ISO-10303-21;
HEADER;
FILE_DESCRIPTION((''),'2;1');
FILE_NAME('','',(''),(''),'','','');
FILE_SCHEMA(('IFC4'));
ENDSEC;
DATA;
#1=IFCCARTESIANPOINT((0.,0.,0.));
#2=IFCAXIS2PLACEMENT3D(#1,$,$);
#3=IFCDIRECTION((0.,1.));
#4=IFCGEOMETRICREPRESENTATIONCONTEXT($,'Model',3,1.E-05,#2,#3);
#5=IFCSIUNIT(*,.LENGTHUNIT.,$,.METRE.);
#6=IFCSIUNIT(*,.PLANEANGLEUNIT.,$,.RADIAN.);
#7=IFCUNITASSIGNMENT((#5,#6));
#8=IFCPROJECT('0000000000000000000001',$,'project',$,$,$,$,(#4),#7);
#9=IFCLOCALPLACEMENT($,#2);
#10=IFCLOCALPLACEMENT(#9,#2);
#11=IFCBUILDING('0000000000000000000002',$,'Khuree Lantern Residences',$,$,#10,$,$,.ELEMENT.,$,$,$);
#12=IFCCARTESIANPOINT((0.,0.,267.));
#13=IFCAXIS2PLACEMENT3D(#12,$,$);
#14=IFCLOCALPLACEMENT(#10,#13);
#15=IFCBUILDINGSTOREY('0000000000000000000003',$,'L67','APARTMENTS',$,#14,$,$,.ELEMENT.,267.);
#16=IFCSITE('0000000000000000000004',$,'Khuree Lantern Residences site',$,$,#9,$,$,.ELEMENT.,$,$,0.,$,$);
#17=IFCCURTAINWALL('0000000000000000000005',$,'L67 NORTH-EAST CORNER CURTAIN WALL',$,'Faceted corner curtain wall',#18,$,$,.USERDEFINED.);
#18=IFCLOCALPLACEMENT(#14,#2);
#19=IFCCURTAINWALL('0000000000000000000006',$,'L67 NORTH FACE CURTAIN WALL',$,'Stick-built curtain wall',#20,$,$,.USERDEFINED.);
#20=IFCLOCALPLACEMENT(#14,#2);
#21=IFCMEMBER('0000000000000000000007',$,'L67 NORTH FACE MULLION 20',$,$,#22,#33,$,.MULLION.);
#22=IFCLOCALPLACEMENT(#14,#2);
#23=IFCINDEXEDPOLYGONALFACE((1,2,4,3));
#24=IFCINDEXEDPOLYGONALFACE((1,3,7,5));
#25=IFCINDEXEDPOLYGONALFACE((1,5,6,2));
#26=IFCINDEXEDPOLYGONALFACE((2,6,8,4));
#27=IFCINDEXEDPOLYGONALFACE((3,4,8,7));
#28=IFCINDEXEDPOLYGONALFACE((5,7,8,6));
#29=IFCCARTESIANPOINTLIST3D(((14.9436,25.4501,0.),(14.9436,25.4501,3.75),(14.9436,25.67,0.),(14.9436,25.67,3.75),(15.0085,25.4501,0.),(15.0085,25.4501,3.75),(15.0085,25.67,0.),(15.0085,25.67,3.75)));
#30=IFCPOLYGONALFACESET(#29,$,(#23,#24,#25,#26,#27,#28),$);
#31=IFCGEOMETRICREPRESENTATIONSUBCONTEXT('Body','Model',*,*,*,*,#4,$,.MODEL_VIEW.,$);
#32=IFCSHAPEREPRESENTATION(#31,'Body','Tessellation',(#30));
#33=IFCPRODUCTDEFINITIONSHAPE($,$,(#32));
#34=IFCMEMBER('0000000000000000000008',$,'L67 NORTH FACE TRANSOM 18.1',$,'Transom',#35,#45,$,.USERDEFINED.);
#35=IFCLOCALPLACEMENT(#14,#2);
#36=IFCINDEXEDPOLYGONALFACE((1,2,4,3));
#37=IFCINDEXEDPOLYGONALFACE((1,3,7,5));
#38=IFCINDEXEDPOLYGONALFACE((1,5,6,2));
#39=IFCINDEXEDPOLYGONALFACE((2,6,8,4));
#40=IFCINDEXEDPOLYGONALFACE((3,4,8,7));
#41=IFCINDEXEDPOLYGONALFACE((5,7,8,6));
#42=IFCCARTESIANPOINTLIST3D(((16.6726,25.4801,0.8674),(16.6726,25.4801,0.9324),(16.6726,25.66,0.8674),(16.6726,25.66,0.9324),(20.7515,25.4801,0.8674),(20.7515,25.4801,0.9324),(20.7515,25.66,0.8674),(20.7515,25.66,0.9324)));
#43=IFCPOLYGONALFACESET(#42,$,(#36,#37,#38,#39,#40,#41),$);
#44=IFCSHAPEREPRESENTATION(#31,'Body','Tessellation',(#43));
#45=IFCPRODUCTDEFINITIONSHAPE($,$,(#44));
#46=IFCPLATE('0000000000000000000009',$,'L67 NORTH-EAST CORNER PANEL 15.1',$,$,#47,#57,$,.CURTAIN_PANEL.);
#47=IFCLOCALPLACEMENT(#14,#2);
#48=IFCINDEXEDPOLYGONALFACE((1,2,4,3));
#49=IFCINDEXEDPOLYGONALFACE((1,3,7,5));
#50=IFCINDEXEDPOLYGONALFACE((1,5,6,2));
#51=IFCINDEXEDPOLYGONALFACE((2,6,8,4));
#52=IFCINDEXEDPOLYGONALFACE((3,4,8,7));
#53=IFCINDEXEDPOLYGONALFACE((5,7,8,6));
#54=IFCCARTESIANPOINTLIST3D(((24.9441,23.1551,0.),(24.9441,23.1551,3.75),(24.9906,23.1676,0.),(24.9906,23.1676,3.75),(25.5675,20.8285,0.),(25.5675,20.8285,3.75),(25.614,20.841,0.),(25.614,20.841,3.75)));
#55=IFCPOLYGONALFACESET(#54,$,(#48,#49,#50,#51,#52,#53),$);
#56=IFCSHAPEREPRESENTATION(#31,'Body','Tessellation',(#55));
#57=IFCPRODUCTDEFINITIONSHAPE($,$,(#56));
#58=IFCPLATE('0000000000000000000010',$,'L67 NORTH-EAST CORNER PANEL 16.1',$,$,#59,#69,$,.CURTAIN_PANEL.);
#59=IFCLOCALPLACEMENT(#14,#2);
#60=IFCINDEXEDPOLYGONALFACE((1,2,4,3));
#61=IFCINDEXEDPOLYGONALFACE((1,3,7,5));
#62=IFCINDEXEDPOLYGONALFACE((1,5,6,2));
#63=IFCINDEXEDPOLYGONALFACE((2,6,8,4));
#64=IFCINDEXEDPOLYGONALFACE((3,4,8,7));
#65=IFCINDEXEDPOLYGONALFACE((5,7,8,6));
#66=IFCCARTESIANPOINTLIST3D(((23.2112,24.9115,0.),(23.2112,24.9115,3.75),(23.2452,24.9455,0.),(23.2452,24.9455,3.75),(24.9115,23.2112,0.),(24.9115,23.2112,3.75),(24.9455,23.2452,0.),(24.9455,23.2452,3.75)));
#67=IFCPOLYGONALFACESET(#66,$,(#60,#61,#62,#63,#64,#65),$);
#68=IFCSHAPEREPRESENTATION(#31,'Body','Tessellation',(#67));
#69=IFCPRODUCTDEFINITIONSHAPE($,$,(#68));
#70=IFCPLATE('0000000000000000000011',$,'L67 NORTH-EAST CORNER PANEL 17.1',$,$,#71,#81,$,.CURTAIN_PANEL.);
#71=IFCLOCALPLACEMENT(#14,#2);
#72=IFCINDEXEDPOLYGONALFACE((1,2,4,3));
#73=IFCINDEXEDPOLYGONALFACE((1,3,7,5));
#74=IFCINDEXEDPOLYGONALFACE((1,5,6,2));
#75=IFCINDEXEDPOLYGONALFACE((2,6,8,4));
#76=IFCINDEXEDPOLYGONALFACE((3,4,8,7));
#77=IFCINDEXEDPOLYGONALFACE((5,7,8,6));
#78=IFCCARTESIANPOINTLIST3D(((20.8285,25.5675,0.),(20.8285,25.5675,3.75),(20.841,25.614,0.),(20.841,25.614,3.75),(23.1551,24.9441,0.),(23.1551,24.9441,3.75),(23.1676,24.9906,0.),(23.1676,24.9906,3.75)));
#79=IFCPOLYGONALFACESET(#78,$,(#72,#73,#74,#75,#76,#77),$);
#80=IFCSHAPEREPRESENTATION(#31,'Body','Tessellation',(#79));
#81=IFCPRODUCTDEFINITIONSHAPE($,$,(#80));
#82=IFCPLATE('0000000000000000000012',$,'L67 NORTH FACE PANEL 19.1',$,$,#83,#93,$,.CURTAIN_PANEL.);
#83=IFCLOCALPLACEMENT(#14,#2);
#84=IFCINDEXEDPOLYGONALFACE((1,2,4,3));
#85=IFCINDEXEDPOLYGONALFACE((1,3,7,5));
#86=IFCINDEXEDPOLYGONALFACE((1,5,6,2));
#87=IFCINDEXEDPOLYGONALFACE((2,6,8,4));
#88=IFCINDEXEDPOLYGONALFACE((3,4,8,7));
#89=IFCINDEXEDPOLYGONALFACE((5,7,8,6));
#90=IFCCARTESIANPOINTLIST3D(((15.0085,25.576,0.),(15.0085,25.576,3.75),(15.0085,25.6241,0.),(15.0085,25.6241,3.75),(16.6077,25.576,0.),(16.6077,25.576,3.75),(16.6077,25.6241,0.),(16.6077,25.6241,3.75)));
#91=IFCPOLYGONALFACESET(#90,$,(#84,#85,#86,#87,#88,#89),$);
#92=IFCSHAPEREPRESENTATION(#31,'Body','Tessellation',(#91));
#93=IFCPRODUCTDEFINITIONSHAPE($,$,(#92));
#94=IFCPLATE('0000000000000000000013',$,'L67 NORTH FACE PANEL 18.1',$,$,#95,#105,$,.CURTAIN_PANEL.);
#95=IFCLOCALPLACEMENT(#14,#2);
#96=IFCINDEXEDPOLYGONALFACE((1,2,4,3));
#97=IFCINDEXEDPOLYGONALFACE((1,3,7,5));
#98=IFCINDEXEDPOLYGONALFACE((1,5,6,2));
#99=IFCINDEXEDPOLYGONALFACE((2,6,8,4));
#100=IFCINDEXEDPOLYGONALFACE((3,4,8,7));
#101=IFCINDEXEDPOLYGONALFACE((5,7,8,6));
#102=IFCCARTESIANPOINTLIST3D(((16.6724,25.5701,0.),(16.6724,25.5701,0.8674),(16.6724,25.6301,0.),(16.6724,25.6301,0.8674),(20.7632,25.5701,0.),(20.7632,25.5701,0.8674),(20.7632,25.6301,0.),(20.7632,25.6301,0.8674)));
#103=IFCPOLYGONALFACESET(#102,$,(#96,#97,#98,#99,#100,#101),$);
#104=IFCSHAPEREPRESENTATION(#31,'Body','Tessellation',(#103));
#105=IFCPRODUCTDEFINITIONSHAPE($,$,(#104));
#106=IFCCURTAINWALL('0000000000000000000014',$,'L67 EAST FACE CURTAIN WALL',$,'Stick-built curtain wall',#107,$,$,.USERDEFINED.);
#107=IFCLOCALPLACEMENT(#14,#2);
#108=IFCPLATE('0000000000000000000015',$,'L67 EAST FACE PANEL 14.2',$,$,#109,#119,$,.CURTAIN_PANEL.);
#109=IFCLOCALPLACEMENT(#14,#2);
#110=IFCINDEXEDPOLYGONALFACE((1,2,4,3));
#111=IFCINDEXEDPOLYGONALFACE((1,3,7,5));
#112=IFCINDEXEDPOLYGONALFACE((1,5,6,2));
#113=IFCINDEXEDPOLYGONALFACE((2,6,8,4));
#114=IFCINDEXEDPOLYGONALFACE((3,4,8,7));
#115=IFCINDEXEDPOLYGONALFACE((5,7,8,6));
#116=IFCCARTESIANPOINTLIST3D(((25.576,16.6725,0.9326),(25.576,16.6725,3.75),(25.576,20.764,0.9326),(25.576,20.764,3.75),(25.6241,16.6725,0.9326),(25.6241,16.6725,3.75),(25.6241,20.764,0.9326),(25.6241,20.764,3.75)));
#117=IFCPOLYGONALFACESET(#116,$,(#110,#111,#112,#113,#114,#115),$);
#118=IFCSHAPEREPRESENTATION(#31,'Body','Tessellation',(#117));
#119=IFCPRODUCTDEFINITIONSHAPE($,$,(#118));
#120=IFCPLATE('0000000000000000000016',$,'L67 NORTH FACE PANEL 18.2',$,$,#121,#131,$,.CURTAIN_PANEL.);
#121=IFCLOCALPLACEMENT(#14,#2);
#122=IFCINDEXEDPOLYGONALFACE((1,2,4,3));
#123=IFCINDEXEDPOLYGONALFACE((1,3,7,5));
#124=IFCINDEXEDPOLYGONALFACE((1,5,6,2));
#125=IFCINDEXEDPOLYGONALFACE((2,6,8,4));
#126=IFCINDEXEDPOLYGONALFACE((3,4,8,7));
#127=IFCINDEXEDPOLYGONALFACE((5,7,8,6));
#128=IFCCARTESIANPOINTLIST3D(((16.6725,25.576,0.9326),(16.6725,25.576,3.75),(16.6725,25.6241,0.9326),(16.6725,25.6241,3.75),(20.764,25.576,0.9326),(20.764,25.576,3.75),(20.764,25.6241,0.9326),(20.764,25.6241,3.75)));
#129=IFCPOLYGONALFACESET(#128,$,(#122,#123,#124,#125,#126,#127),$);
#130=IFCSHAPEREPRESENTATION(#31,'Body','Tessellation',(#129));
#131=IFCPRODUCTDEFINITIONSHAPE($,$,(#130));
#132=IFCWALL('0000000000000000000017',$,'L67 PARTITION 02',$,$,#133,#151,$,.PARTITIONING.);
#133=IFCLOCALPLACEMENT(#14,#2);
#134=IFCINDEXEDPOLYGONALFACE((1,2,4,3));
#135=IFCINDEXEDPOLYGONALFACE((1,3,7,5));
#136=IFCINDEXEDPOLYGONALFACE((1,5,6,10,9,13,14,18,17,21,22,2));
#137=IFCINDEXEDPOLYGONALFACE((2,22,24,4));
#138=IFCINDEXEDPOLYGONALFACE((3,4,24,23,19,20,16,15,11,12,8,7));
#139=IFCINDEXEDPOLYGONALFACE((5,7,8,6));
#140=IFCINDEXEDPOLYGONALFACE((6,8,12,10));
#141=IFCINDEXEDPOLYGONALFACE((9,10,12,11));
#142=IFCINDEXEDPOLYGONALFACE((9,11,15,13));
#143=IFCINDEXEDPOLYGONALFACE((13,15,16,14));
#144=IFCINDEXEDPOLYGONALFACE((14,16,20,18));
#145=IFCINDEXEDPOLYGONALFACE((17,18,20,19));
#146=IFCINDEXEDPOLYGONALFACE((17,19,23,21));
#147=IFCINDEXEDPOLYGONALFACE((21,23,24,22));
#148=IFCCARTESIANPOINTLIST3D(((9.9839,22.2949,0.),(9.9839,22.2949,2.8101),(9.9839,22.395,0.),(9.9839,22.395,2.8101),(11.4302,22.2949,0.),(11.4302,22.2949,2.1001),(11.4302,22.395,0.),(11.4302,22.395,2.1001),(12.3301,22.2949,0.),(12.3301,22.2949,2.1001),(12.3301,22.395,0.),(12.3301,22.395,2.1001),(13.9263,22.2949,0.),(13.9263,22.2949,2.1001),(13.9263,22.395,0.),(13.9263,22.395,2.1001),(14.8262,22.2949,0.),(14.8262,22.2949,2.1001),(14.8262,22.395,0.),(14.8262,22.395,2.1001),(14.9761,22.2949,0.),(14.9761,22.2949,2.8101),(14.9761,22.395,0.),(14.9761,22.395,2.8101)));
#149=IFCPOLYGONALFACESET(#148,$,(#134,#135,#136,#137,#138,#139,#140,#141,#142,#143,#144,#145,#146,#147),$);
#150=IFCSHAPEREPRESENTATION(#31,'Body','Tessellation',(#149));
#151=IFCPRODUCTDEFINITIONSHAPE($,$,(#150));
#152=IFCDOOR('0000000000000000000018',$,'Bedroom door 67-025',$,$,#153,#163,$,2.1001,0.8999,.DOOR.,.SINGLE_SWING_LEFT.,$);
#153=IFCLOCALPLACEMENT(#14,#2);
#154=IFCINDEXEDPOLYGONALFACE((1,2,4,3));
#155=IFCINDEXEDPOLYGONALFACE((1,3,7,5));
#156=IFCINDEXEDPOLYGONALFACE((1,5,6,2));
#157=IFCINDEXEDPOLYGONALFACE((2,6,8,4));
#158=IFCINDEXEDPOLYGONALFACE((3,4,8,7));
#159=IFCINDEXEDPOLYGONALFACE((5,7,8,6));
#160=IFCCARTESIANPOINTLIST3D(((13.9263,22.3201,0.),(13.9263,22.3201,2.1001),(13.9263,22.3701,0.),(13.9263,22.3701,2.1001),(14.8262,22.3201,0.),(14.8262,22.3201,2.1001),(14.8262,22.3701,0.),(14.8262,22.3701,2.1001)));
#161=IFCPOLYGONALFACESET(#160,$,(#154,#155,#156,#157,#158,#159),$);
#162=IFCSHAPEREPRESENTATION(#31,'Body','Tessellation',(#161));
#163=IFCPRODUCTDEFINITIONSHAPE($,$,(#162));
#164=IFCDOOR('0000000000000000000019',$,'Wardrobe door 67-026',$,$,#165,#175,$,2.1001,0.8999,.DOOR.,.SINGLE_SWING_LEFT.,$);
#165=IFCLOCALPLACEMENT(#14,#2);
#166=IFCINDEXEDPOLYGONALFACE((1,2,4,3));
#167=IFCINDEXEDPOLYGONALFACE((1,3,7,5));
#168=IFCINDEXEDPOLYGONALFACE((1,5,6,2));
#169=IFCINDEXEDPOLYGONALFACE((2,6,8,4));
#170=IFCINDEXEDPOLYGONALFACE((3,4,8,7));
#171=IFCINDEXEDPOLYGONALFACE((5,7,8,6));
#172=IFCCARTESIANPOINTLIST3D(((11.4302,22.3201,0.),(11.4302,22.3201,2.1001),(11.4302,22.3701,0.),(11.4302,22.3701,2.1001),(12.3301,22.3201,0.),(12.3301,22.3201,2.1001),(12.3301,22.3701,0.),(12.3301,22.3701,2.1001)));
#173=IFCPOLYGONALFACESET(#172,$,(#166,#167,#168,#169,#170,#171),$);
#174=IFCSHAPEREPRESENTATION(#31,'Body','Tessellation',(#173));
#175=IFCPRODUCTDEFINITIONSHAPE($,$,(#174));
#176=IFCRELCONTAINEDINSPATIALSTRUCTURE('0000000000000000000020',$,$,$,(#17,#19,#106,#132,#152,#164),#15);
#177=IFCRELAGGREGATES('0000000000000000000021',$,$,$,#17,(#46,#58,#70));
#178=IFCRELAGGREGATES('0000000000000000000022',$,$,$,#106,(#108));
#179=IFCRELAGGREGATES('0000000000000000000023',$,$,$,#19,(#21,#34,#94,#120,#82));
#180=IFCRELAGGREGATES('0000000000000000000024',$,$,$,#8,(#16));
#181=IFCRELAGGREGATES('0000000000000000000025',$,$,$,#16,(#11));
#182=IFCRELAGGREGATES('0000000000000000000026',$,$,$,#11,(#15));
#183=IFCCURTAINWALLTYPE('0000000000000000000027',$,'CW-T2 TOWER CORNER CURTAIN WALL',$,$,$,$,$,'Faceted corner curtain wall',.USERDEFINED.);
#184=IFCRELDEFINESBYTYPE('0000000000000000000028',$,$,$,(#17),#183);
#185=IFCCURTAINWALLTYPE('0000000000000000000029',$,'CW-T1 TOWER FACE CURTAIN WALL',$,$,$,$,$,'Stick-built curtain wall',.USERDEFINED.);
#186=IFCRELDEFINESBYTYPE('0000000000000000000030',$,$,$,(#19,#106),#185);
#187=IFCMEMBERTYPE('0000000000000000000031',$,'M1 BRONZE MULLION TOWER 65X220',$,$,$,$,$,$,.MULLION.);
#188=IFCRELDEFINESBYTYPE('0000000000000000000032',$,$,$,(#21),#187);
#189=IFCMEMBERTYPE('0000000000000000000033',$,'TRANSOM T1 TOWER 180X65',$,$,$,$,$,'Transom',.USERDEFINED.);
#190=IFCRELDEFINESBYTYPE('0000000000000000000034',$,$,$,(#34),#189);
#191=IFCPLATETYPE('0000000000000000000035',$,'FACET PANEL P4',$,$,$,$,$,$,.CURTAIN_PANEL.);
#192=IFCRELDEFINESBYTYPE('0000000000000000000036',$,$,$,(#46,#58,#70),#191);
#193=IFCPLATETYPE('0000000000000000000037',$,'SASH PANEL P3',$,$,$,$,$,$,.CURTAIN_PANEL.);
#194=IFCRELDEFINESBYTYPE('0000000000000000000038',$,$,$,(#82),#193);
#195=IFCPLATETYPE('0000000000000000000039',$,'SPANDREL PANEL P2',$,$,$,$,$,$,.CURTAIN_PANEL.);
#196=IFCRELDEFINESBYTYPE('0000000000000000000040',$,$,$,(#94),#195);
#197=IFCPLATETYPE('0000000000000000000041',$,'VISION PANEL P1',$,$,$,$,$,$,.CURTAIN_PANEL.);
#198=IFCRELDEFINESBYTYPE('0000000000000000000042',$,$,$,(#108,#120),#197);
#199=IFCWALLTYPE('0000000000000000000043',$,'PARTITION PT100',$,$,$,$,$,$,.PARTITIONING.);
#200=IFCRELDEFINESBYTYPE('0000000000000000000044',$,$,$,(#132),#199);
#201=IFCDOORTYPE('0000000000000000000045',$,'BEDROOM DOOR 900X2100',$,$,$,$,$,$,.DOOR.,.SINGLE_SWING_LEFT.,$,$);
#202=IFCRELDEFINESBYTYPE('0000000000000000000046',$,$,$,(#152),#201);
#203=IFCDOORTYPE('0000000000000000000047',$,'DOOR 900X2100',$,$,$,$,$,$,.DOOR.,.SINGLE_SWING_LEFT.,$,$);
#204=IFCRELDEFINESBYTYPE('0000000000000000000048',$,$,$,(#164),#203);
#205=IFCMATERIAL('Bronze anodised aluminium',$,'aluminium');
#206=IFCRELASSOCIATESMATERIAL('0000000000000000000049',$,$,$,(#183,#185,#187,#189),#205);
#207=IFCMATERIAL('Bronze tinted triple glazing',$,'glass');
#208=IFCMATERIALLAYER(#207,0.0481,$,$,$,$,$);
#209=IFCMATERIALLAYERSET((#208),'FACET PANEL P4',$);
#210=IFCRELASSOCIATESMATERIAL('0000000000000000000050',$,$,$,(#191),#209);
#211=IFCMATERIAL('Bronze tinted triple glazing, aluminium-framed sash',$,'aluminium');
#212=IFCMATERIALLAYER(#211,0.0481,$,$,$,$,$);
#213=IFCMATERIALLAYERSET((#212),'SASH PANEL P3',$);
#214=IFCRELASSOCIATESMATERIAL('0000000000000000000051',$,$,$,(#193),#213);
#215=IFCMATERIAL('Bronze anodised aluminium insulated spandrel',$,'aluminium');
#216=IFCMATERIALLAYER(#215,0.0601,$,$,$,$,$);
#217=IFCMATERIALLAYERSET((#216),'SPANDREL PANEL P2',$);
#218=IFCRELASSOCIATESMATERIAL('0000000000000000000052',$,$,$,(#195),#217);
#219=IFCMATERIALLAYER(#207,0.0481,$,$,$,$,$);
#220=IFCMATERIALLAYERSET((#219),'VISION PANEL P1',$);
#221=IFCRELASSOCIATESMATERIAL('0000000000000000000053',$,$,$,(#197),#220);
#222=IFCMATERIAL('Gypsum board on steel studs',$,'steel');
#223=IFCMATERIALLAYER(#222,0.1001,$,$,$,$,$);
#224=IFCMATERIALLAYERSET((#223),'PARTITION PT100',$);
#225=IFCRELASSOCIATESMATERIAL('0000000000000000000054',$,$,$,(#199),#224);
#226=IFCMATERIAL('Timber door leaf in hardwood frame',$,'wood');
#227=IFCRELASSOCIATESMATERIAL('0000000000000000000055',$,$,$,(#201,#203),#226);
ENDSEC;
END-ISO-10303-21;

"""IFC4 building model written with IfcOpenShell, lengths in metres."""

from ifc_helpers import new_model, si_unit, direction, frame, frame_2d, origin, origin_2d, place, context, subcontext, project, spatial, rectangle, extrude, material, layer, layer_set, material_profile, profile_set, type_object, element, fill, aggregate, save


model = new_model("IFC4")

# Units and contexts
model_context = context("Model", 3, precision=1e-05, world=origin(), true_north=direction((0.0, 1.0)))
body_context = subcontext(model_context, "Body", "Model", "MODEL_VIEW")
ifc_project = project(units=[si_unit("LENGTHUNIT", "METRE"), si_unit("PLANEANGLEUNIT", "RADIAN")], contexts=[model_context])

# Site, building, storey
site_placement = place(None, origin())
site = spatial("IfcSite", under=ifc_project, at=site_placement, Name="Khuree Lantern Residences site", CompositionType="ELEMENT", RefElevation=0.0)
building_placement = place(site_placement, origin())
building = spatial("IfcBuilding", under=site, at=building_placement, Name="Khuree Lantern Residences", CompositionType="ELEMENT")
storey_placement = place(building_placement, frame((0.0, 0.0, 267.0)))
storey = spatial("IfcBuildingStorey", under=building, at=storey_placement, Name="L67", Description="APARTMENTS", CompositionType="ELEMENT", Elevation=267.0)

# Curtain walls
ifc_material_1 = material(Name="Bronze anodised aluminium", Category="aluminium")
curtain_wall_type_1 = type_object("IfcCurtainWallType", Name="CW-T2 TOWER CORNER CURTAIN WALL", ElementType="Faceted corner curtain wall", PredefinedType="USERDEFINED", material=ifc_material_1)
curtain_wall_1_placement = place(storey_placement, origin())
curtain_wall_1 = element("IfcCurtainWall", 1, at=curtain_wall_1_placement, inside=storey, type_object=curtain_wall_type_1, Name="L67 NORTH-EAST CORNER CURTAIN WALL", ObjectType="Faceted corner curtain wall", PredefinedType="USERDEFINED")
curtain_wall_type_2 = type_object("IfcCurtainWallType", Name="CW-T1 TOWER FACE CURTAIN WALL", ElementType="Stick-built curtain wall", PredefinedType="USERDEFINED", material=ifc_material_1)
curtain_wall_2_placement = place(storey_placement, origin())
curtain_wall_2 = element("IfcCurtainWall", 2, at=curtain_wall_2_placement, inside=storey, type_object=curtain_wall_type_2, Name="L67 NORTH FACE CURTAIN WALL", ObjectType="Stick-built curtain wall", PredefinedType="USERDEFINED")

# Members
ifc_material_profile_1 = material_profile(ifc_material_1, rectangle(XDim=0.0649, YDim=0.22, at=origin_2d()), Name="M1 65X220")
ifc_profile_set_1 = profile_set([ifc_material_profile_1], Name="Bronze anodised aluminium")
member_type_1 = type_object("IfcMemberType", Name="M1 BRONZE MULLION TOWER 65X220", PredefinedType="MULLION", material=ifc_profile_set_1)
member_1_placement = place(storey_placement, frame((14.9761, 25.5601, 0.0), z_axis=(0.0, 0.0, 1.0), x_axis=(-1.0, 0.0, 0.0)))
member_1 = element("IfcMember", 3, at=member_1_placement, type_object=member_type_1, Name="L67 NORTH FACE MULLION 20", PredefinedType="MULLION", context=body_context, shape_type="SweptSolid", body=[
    extrude(rectangle(XDim=0.0649, YDim=0.22, at=origin_2d()), origin(), (0.0, 0.0, 1.0), 3.75),
])
ifc_material_profile_2 = material_profile(ifc_material_1, rectangle(XDim=0.1799, YDim=0.0649, at=origin_2d()), Name="T1 180X65")
ifc_profile_set_2 = profile_set([ifc_material_profile_2], Name="Bronze anodised aluminium")
member_type_2 = type_object("IfcMemberType", Name="TRANSOM T1 TOWER 180X65", ElementType="Transom", PredefinedType="USERDEFINED", material=ifc_profile_set_2)
member_2_placement = place(storey_placement, frame((20.7515, 25.5701, 0.8999), z_axis=(-1.0, 0.0, 0.0), x_axis=(0.0, -1.0, 0.0)))
member_2 = element("IfcMember", 4, at=member_2_placement, type_object=member_type_2, Name="L67 NORTH FACE TRANSOM 18.1", ObjectType="Transom", PredefinedType="USERDEFINED", context=body_context, shape_type="SweptSolid", body=[
    extrude(rectangle(XDim=0.1799, YDim=0.0649, at=origin_2d()), origin(), (0.0, 0.0, 1.0), 4.0789),
])

# Plates
ifc_material_2 = material(Name="Bronze tinted triple glazing", Category="glass")
ifc_layer_1 = layer(ifc_material_2, 0.0481)
ifc_layer_set_1 = layer_set([ifc_layer_1], Name="FACET PANEL P4")
plate_type_1 = type_object("IfcPlateType", Name="FACET PANEL P4", PredefinedType="CURTAIN_PANEL", material=ifc_layer_set_1)
plate_1_placement = place(storey_placement, frame((25.2791, 21.998, 0.0), z_axis=(0.0, 0.0, 1.0), x_axis=(-0.258819, 0.965926, 0.0)))
plate_1 = element("IfcPlate", 5, at=plate_1_placement, type_object=plate_type_1, Name="L67 NORTH-EAST CORNER PANEL 15.1", PredefinedType="CURTAIN_PANEL", context=body_context, shape_type="SweptSolid", body=[
    extrude(rectangle(XDim=2.4087, YDim=0.0481, at=origin_2d()), origin(), (0.0, 0.0, 1.0), 3.75),
])
plate_2_placement = place(storey_placement, frame((24.0784, 24.0784, 0.0), z_axis=(0.0, 0.0, 1.0), x_axis=(-0.707107, 0.707107, 0.0)))
plate_2 = element("IfcPlate", 6, at=plate_2_placement, type_object=plate_type_1, Name="L67 NORTH-EAST CORNER PANEL 16.1", PredefinedType="CURTAIN_PANEL", context=body_context, shape_type="SweptSolid", body=[
    extrude(rectangle(XDim=2.4045, YDim=0.0481, at=origin_2d()), origin(), (0.0, 0.0, 1.0), 3.75),
])
plate_3_placement = place(storey_placement, frame((21.998, 25.2791, 0.0), z_axis=(0.0, 0.0, 1.0), x_axis=(-0.965926, 0.258819, 0.0)))
plate_3 = element("IfcPlate", 7, at=plate_3_placement, type_object=plate_type_1, Name="L67 NORTH-EAST CORNER PANEL 17.1", PredefinedType="CURTAIN_PANEL", context=body_context, shape_type="SweptSolid", body=[
    extrude(rectangle(XDim=2.4087, YDim=0.0481, at=origin_2d()), origin(), (0.0, 0.0, 1.0), 3.75),
])
aggregate(curtain_wall_1, [plate_1, plate_2, plate_3])
ifc_material_3 = material(Name="Bronze tinted triple glazing, aluminium-framed sash", Category="aluminium")
ifc_layer_2 = layer(ifc_material_3, 0.0481)
ifc_layer_set_2 = layer_set([ifc_layer_2], Name="SASH PANEL P3")
plate_type_2 = type_object("IfcPlateType", Name="SASH PANEL P3", PredefinedType="CURTAIN_PANEL", material=ifc_layer_set_2)
plate_4_placement = place(storey_placement, frame((15.8081, 25.6001, 0.0), z_axis=(0.0, 0.0, 1.0), x_axis=(-1.0, 0.0, 0.0)))
plate_4 = element("IfcPlate", 8, at=plate_4_placement, type_object=plate_type_2, Name="L67 NORTH FACE PANEL 19.1", PredefinedType="CURTAIN_PANEL", context=body_context, shape_type="SweptSolid", body=[
    extrude(rectangle(XDim=1.5991, YDim=0.0481, at=origin_2d()), origin(), (0.0, 0.0, 1.0), 3.75),
])
ifc_material_4 = material(Name="Bronze anodised aluminium insulated spandrel", Category="aluminium")
ifc_layer_3 = layer(ifc_material_4, 0.0601)
ifc_layer_set_3 = layer_set([ifc_layer_3], Name="SPANDREL PANEL P2")
plate_type_3 = type_object("IfcPlateType", Name="SPANDREL PANEL P2", PredefinedType="CURTAIN_PANEL", material=ifc_layer_set_3)
plate_5_placement = place(storey_placement, frame((18.7178, 25.6001, 0.0), z_axis=(0.0, 0.0, 1.0), x_axis=(-1.0, 0.0, 0.0)))
plate_5 = element("IfcPlate", 9, at=plate_5_placement, type_object=plate_type_3, Name="L67 NORTH FACE PANEL 18.1", PredefinedType="CURTAIN_PANEL", context=body_context, shape_type="SweptSolid", body=[
    extrude(rectangle(XDim=4.0908, YDim=0.0601, at=origin_2d()), origin(), (0.0, 0.0, 1.0), 0.8674),
])

# Curtain wall, plate
curtain_wall_3_placement = place(storey_placement, origin())
curtain_wall_3 = element("IfcCurtainWall", 10, at=curtain_wall_3_placement, inside=storey, type_object=curtain_wall_type_2, Name="L67 EAST FACE CURTAIN WALL", ObjectType="Stick-built curtain wall", PredefinedType="USERDEFINED")
ifc_layer_4 = layer(ifc_material_2, 0.0481)
ifc_layer_set_4 = layer_set([ifc_layer_4], Name="VISION PANEL P1")
plate_type_4 = type_object("IfcPlateType", Name="VISION PANEL P1", PredefinedType="CURTAIN_PANEL", material=ifc_layer_set_4)
plate_6_placement = place(storey_placement, frame((25.6001, 18.7183, 0.9326), z_axis=(0.0, 0.0, 1.0), x_axis=(0.0, 1.0, 0.0)))
plate_6 = element("IfcPlate", 11, at=plate_6_placement, type_object=plate_type_4, Name="L67 EAST FACE PANEL 14.2", PredefinedType="CURTAIN_PANEL", context=body_context, shape_type="SweptSolid", body=[
    extrude(rectangle(XDim=4.0916, YDim=0.0481, at=origin_2d()), origin(), (0.0, 0.0, 1.0), 2.8174),
])
aggregate(curtain_wall_3, [plate_6])

# Plate
plate_7_placement = place(storey_placement, frame((18.7183, 25.6001, 0.9326), z_axis=(0.0, 0.0, 1.0), x_axis=(-1.0, 0.0, 0.0)))
plate_7 = element("IfcPlate", 12, at=plate_7_placement, type_object=plate_type_4, Name="L67 NORTH FACE PANEL 18.2", PredefinedType="CURTAIN_PANEL", context=body_context, shape_type="SweptSolid", body=[
    extrude(rectangle(XDim=4.0916, YDim=0.0481, at=origin_2d()), origin(), (0.0, 0.0, 1.0), 2.8174),
])
aggregate(curtain_wall_2, [member_1, member_2, plate_5, plate_7, plate_4])

# Wall, openings, doors
ifc_material_5 = material(Name="Gypsum board on steel studs", Category="steel")
ifc_layer_5 = layer(ifc_material_5, 0.1001)
ifc_layer_set_5 = layer_set([ifc_layer_5], Name="PARTITION PT100")
wall_type = type_object("IfcWallType", Name="PARTITION PT100", PredefinedType="PARTITIONING", material=ifc_layer_set_5)
wall_placement = place(storey_placement, frame((14.9761, 22.345, 0.0), z_axis=(0.0, 0.0, 1.0), x_axis=(-1.0, 0.0, 0.0)))
wall = element("IfcWall", 13, at=wall_placement, inside=storey, type_object=wall_type, Name="L67 PARTITION 02", PredefinedType="PARTITIONING", context=body_context, shape_type="SweptSolid", body=[
    extrude(rectangle(XDim=4.9922, YDim=0.1001, at=frame_2d((2.4961, 0.0))), origin(), (0.0, 0.0, 1.0), 2.8101),
])
opening_1_placement = place(wall_placement, frame((0.1499, 0.0, 0.0)))
opening_1 = element("IfcOpeningElement", 14, at=opening_1_placement, cuts=wall, PredefinedType="OPENING", context=body_context, shape_type="SweptSolid", body=[
    extrude(rectangle(XDim=0.8999, YDim=2.1001, at=frame_2d((0.45, 1.05))), frame((0.0, 0.0601, 0.0), z_axis=(0.0, -1.0, 0.0), x_axis=(1.0, 0.0, 0.0)), (0.0, 0.0, 1.0), 0.1201),
])
opening_2_placement = place(wall_placement, frame((2.646, 0.0, 0.0)))
opening_2 = element("IfcOpeningElement", 15, at=opening_2_placement, cuts=wall, PredefinedType="OPENING", context=body_context, shape_type="SweptSolid", body=[
    extrude(rectangle(XDim=0.8999, YDim=2.1001, at=frame_2d((0.45, 1.05))), frame((0.0, 0.0601, 0.0), z_axis=(0.0, -1.0, 0.0), x_axis=(1.0, 0.0, 0.0)), (0.0, 0.0, 1.0), 0.1201),
])
ifc_material_6 = material(Name="Timber door leaf in hardwood frame", Category="wood")
door_type_1 = type_object("IfcDoorType", Name="BEDROOM DOOR 900X2100", OperationType="SINGLE_SWING_LEFT", PredefinedType="DOOR", material=ifc_material_6)
door_1_placement = place(opening_1_placement, origin())
door_1 = element("IfcDoor", 16, at=door_1_placement, inside=storey, type_object=door_type_1, Name="Bedroom door 67-025", OperationType="SINGLE_SWING_LEFT", OverallHeight=2.1001, OverallWidth=0.8999, PredefinedType="DOOR", context=body_context, shape_type="SweptSolid", body=[
    extrude(rectangle(XDim=0.8999, YDim=2.1001, at=frame_2d((0.45, 1.05))), frame((0.0, 0.0249, 0.0), z_axis=(0.0, -1.0, 0.0), x_axis=(1.0, 0.0, 0.0)), (0.0, 0.0, 1.0), 0.05),
])
fill(opening_1, door_1)
door_type_2 = type_object("IfcDoorType", Name="DOOR 900X2100", OperationType="SINGLE_SWING_LEFT", PredefinedType="DOOR", material=ifc_material_6)
door_2_placement = place(opening_2_placement, origin())
door_2 = element("IfcDoor", 17, at=door_2_placement, inside=storey, type_object=door_type_2, Name="Wardrobe door 67-026", OperationType="SINGLE_SWING_LEFT", OverallHeight=2.1001, OverallWidth=0.8999, PredefinedType="DOOR", context=body_context, shape_type="SweptSolid", body=[
    extrude(rectangle(XDim=0.8999, YDim=2.1001, at=frame_2d((0.45, 1.05))), frame((0.0, 0.0249, 0.0), z_axis=(0.0, -1.0, 0.0), x_axis=(1.0, 0.0, 0.0)), (0.0, 0.0, 1.0), 0.05),
])
fill(opening_2, door_2)

save(model, "model.ifc")
